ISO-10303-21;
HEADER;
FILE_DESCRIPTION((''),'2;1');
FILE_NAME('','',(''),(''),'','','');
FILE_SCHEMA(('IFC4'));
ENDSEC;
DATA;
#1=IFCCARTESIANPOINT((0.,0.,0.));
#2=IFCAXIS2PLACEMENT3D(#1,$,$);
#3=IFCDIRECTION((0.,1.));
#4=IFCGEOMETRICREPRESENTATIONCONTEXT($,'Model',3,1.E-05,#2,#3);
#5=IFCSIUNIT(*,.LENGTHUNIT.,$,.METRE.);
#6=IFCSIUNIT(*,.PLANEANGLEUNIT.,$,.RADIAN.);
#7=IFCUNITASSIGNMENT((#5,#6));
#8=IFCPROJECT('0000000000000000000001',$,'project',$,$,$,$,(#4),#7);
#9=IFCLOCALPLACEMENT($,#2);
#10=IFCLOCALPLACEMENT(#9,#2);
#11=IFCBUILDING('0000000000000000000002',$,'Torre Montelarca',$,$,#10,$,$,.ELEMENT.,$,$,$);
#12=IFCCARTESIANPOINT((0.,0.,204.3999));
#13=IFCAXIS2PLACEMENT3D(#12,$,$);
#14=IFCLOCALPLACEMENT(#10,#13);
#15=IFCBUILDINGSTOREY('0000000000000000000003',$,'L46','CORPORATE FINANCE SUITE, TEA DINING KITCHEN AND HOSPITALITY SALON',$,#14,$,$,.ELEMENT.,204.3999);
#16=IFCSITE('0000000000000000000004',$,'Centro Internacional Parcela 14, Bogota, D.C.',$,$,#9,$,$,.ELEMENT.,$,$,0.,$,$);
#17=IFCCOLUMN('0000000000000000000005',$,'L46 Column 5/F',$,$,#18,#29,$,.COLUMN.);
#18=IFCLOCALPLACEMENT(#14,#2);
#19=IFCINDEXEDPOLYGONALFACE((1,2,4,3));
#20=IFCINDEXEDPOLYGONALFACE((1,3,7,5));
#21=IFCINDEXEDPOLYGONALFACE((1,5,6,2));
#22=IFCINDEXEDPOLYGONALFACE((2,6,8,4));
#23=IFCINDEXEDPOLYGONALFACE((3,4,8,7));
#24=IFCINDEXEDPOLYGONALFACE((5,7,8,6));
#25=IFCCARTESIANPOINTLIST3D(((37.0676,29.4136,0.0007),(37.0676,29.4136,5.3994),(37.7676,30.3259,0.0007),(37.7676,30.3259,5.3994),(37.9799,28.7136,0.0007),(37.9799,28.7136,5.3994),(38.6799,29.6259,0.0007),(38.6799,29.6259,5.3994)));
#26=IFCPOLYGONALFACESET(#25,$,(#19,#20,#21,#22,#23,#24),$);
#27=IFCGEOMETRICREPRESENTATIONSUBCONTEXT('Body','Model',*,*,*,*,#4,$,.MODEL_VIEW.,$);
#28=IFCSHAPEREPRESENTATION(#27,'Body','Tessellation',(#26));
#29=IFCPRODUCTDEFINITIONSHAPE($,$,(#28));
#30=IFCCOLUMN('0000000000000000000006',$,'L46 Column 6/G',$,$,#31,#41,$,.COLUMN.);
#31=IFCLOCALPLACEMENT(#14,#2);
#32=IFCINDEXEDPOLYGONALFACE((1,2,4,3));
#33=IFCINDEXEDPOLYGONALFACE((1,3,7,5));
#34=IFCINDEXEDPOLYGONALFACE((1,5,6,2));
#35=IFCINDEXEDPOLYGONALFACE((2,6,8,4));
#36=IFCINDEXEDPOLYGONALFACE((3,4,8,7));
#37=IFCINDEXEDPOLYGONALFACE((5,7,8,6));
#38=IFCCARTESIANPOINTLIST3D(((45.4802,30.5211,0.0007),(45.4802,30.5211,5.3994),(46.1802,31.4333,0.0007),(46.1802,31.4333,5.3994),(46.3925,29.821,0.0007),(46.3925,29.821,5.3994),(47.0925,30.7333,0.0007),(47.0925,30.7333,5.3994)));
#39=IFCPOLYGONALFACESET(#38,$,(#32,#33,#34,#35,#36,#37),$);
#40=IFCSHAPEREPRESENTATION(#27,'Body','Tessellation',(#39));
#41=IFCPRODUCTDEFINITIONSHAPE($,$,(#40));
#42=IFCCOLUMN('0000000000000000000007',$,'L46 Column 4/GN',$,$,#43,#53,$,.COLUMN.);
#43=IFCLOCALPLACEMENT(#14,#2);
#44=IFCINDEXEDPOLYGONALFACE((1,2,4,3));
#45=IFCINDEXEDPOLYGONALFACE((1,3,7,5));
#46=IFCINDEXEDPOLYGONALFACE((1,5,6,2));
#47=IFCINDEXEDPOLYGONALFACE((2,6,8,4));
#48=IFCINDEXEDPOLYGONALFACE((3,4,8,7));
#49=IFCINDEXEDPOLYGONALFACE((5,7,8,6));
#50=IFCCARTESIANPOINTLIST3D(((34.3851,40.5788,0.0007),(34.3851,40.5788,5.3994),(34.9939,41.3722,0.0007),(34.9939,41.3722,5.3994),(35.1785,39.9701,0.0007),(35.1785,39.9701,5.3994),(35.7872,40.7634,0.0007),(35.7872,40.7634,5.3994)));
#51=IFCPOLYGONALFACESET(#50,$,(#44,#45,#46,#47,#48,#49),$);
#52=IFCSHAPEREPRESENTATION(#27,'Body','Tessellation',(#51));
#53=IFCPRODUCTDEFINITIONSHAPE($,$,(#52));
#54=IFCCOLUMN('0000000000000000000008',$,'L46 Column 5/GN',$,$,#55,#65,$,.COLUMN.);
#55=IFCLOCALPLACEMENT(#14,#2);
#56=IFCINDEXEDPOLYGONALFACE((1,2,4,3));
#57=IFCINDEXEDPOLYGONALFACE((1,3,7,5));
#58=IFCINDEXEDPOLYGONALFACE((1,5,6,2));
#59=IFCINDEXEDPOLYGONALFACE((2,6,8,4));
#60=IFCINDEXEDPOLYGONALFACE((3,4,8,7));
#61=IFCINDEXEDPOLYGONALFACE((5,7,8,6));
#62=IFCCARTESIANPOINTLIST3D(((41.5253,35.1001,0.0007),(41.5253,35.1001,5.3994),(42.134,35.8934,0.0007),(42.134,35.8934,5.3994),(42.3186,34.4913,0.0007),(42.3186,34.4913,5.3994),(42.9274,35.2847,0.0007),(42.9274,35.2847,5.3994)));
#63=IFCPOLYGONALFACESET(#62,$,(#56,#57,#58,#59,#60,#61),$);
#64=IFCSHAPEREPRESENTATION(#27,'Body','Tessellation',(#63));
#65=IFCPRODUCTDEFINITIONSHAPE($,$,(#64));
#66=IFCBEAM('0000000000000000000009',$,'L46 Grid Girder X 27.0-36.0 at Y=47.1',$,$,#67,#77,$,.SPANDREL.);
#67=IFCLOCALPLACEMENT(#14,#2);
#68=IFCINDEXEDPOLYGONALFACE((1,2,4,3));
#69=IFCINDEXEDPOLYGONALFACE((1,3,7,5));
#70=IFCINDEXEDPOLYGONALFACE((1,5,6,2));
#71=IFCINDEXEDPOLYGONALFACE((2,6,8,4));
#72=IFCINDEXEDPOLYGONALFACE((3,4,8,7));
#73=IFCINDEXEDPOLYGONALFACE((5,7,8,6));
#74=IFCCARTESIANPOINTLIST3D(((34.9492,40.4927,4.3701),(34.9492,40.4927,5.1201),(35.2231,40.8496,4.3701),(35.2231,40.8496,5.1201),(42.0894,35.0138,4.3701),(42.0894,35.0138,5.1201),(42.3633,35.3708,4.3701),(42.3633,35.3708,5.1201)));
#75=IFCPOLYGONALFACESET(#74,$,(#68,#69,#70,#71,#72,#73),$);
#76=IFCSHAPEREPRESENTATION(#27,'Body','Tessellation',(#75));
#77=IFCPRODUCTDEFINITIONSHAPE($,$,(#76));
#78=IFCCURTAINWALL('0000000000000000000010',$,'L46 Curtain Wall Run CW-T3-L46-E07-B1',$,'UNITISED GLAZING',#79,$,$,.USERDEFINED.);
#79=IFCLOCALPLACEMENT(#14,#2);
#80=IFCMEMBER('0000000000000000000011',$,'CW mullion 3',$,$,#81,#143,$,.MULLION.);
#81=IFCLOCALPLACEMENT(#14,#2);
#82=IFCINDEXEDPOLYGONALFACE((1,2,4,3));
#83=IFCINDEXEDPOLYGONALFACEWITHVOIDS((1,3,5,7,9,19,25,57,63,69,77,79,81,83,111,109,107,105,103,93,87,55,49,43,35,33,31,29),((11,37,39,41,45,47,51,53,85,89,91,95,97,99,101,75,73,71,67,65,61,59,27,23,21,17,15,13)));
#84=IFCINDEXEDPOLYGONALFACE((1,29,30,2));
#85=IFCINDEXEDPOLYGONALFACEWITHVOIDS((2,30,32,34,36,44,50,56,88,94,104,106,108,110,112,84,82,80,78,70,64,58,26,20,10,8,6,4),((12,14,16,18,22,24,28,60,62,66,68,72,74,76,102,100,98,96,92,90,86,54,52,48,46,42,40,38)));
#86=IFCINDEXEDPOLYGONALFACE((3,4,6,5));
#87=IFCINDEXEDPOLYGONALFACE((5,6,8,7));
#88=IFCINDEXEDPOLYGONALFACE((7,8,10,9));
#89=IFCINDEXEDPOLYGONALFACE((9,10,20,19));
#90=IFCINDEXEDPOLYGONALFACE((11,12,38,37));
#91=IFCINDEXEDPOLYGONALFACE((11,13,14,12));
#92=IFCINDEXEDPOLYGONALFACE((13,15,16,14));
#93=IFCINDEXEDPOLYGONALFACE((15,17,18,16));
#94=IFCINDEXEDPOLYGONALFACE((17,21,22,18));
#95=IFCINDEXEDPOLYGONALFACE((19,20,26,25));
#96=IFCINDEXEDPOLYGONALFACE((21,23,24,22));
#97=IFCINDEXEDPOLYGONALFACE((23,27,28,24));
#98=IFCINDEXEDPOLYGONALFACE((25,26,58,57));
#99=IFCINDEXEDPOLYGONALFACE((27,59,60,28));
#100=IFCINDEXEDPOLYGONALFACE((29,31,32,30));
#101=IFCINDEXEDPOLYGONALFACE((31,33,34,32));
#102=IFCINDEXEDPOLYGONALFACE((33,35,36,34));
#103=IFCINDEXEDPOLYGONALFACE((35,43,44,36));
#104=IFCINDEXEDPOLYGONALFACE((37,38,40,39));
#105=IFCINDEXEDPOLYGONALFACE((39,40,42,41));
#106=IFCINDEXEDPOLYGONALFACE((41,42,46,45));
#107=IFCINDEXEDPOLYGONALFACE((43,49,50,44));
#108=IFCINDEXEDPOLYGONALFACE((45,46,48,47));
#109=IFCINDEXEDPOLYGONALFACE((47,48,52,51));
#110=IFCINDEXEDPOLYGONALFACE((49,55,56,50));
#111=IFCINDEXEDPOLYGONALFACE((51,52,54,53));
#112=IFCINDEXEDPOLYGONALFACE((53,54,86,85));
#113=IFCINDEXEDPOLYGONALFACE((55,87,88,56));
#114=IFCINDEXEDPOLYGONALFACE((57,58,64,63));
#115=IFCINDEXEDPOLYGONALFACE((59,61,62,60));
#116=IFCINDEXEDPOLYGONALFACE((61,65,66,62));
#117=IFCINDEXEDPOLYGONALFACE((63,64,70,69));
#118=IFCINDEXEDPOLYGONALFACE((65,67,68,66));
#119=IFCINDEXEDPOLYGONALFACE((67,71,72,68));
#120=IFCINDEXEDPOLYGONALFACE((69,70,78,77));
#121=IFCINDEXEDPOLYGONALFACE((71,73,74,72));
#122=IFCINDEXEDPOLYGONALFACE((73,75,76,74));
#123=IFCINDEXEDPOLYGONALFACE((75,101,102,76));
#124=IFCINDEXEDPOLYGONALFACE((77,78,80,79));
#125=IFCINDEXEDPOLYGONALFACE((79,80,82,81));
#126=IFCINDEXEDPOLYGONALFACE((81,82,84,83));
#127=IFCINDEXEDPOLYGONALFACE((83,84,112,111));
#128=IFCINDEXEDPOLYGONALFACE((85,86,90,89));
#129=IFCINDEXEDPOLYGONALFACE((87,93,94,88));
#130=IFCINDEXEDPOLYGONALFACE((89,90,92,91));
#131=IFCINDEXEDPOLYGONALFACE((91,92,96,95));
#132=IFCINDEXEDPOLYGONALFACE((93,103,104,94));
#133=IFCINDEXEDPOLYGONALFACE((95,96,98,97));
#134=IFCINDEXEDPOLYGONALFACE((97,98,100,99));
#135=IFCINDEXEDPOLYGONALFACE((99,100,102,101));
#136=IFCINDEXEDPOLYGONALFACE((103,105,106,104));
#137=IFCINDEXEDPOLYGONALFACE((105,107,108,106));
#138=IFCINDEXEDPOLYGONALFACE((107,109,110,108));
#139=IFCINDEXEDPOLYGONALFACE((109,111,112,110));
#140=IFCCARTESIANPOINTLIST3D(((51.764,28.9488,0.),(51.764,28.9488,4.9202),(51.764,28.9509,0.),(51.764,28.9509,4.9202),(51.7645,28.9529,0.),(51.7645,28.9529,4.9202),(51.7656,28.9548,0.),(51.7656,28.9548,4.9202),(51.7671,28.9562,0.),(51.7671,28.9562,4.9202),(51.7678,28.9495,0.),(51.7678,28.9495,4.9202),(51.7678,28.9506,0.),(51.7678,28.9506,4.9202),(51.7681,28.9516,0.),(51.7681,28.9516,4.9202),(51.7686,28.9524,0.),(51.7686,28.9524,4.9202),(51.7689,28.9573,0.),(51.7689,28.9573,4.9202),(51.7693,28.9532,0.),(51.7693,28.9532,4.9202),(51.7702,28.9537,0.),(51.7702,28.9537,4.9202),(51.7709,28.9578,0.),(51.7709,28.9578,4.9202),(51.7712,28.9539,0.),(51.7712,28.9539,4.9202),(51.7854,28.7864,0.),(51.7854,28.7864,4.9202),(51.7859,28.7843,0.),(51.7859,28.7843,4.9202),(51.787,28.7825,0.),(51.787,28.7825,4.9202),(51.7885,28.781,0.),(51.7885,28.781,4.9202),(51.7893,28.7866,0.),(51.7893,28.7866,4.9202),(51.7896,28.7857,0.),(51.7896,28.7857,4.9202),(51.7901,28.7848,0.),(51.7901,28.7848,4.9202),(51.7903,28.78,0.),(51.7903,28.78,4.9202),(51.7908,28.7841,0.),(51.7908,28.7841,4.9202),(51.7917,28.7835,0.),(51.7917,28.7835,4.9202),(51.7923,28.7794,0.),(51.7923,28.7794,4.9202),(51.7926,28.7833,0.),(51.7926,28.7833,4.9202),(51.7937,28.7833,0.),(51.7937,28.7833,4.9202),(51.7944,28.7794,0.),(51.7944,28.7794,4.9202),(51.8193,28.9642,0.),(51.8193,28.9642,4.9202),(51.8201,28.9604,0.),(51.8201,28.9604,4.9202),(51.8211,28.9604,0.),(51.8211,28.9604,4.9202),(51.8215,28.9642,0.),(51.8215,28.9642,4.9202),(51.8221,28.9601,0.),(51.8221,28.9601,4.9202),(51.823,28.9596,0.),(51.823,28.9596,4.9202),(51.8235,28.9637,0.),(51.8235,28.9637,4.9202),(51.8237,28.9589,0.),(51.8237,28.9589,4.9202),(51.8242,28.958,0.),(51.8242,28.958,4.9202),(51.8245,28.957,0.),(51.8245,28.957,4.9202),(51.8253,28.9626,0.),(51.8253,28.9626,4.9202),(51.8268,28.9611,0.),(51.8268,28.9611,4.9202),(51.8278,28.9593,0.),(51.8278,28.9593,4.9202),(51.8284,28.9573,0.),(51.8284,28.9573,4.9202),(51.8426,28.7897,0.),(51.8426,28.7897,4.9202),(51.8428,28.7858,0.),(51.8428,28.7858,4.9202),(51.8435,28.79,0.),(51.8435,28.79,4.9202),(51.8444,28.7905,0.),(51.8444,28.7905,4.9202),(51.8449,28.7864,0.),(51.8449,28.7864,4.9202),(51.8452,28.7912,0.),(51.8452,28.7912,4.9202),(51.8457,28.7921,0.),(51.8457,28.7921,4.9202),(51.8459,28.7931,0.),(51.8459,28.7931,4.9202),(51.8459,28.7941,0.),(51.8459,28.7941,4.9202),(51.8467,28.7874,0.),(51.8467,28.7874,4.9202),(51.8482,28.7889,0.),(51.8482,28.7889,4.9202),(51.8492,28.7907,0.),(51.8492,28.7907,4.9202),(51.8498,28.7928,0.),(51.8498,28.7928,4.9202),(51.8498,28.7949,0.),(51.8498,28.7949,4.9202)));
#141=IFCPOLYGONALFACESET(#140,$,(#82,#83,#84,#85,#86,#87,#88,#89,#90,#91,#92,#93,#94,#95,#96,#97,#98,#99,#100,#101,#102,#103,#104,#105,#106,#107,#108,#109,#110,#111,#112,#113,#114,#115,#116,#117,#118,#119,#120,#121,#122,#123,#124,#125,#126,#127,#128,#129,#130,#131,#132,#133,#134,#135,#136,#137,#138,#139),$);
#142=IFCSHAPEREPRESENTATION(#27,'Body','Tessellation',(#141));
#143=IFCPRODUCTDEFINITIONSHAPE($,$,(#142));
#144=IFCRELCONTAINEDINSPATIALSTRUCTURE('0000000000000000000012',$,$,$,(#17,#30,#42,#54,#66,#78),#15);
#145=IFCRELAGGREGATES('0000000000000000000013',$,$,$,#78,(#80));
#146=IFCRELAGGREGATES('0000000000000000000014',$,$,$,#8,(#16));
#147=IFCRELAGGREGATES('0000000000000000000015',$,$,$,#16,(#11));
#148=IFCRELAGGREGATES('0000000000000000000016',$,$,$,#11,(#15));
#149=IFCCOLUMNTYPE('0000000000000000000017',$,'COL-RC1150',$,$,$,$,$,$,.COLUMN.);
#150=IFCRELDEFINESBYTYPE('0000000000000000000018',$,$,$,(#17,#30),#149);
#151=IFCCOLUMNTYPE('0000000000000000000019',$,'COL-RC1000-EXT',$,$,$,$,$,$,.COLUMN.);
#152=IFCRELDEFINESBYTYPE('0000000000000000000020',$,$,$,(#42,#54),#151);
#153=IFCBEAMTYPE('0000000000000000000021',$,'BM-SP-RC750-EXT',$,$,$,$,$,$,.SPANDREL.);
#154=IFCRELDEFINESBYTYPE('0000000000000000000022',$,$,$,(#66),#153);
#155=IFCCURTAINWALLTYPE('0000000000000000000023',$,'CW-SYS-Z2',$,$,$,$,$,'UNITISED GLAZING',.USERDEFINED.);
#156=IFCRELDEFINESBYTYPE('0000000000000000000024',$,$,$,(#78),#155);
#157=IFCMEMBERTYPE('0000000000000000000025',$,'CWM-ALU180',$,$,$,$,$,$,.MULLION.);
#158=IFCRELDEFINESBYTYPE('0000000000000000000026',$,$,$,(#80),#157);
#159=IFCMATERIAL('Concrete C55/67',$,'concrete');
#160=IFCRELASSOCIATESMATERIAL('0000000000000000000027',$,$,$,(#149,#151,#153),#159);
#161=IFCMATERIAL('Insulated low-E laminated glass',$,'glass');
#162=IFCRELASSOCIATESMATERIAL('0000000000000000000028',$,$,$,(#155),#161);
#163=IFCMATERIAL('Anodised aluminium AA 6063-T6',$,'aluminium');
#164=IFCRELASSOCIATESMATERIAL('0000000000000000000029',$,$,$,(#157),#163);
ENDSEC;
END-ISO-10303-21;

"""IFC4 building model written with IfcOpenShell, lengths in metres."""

from ifc_helpers import new_model, si_unit, direction, frame, origin, origin_2d, place, context, subcontext, project, spatial, rectangle, hollow_rectangle, extrude, source, transform, mapped, material, material_profile, profile_set, type_object, element, aggregate, save


model = new_model("IFC4")

# Units and contexts
model_context = context("Model", 3, precision=1e-05, world=origin(), true_north=direction((0.0, 1.0)))
body_context = subcontext(model_context, "Body", "Model", "MODEL_VIEW")
ifc_project = project(units=[si_unit("LENGTHUNIT", "METRE"), si_unit("PLANEANGLEUNIT", "RADIAN")], contexts=[model_context])

# Site, building, storey
site_placement = place(None, origin())
site = spatial("IfcSite", under=ifc_project, at=site_placement, Name="Centro Internacional Parcela 14, Bogota, D.C.", CompositionType="ELEMENT", RefElevation=0.0)
building_placement = place(site_placement, origin())
building = spatial("IfcBuilding", under=site, at=building_placement, Name="Torre Montelarca", CompositionType="ELEMENT")
storey_placement = place(building_placement, frame((0.0, 0.0, 204.3999)))
storey = spatial("IfcBuildingStorey", under=building, at=storey_placement, Name="L46", Description="CORPORATE FINANCE SUITE, TEA DINING KITCHEN AND HOSPITALITY SALON", CompositionType="ELEMENT", Elevation=204.3999)

# Columns
ifc_material_1 = material(Name="Concrete C55/67", Category="concrete")
ifc_material_profile_1 = material_profile(ifc_material_1, rectangle(XDim=1.1499, YDim=1.1499, at=origin_2d()), Name="RC1150X1150", Category="concrete")
ifc_profile_set_1 = profile_set([ifc_material_profile_1], Name="Concrete C55/67")
column_type_1 = type_object("IfcColumnType", Name="COL-RC1150", PredefinedType="COLUMN", material=ifc_profile_set_1)
shared_shape_1 = source(origin(), body_context, "Body", "SweptSolid", [
    extrude(rectangle(XDim=1.1499, YDim=1.1499, at=origin_2d()), origin(), (0.0, 0.0, 1.0), 5.3987),
])
for number, where, z_axis, x_axis, name in (
    (1, (37.8738, 29.5198, 0.0007), (0.0, 0.0, 1.0), (-0.793353, 0.608761, 0.0), "L46 Column 5/F"),
    (2, (46.2864, 30.6272, 0.0007), (0.0, 0.0, 1.0), (-0.793353, 0.608761, 0.0), "L46 Column 6/G"),
):
    element("IfcColumn", number, at=place(storey_placement, frame(where, z_axis=z_axis, x_axis=x_axis)), inside=storey, type_object=column_type_1, Name=name, PredefinedType="COLUMN", context=body_context, shape_type="MappedRepresentation", body=[
        mapped(shared_shape_1, transform((0.0, 0.0, 0.0), scale=1.0)),
    ])
ifc_material_profile_2 = material_profile(ifc_material_1, rectangle(XDim=1.0, YDim=1.0, at=origin_2d()), Name="RC1000X1000", Category="concrete")
ifc_profile_set_2 = profile_set([ifc_material_profile_2], Name="Concrete C55/67")
column_type_2 = type_object("IfcColumnType", Name="COL-RC1000-EXT", PredefinedType="COLUMN", material=ifc_profile_set_2)
shared_shape_2 = source(origin(), body_context, "Body", "SweptSolid", [
    extrude(rectangle(XDim=1.0, YDim=1.0, at=origin_2d()), origin(), (0.0, 0.0, 1.0), 5.3987),
])
for number, where, z_axis, x_axis, name in (
    (3, (35.0862, 40.6711, 0.0007), (0.0, 0.0, 1.0), (-0.793353, 0.608761, 0.0), "L46 Column 4/GN"),
    (4, (42.2263, 35.1924, 0.0007), (0.0, 0.0, 1.0), (-0.793353, 0.608761, 0.0), "L46 Column 5/GN"),
):
    element("IfcColumn", number, at=place(storey_placement, frame(where, z_axis=z_axis, x_axis=x_axis)), inside=storey, type_object=column_type_2, Name=name, PredefinedType="COLUMN", context=body_context, shape_type="MappedRepresentation", body=[
        mapped(shared_shape_2, transform((0.0, 0.0, 0.0), scale=1.0)),
    ])

# Beam
ifc_material_profile_3 = material_profile(ifc_material_1, rectangle(XDim=0.45, YDim=0.75, at=origin_2d()), Name="RCB450X750", Category="concrete")
ifc_profile_set_3 = profile_set([ifc_material_profile_3], Name="Concrete C55/67")
beam_type = type_object("IfcBeamType", Name="BM-SP-RC750-EXT", PredefinedType="SPANDREL", material=ifc_profile_set_3)
shared_shape_3 = source(origin(), body_context, "Body", "SweptSolid", [
    extrude(rectangle(XDim=0.45, YDim=0.75, at=origin_2d()), origin(), (0.0, 0.0, 1.0), 9.0),
])
beam_placement = place(storey_placement, frame((35.0862, 40.6711, 4.7451), z_axis=(0.793357, -0.608757, 0.0), x_axis=(0.608757, 0.793357, 0.0)))
element("IfcBeam", 5, at=beam_placement, inside=storey, type_object=beam_type, Name="L46 Grid Girder X 27.0-36.0 at Y=47.1", PredefinedType="SPANDREL", context=body_context, shape_type="MappedRepresentation", body=[
    mapped(shared_shape_3, transform((0.0, 0.0, 0.0), scale=1.0)),
])

# Curtain wall, member
ifc_material_2 = material(Name="Insulated low-E laminated glass", Category="glass")
curtain_wall_type = type_object("IfcCurtainWallType", Name="CW-SYS-Z2", ElementType="UNITISED GLAZING", PredefinedType="USERDEFINED", material=ifc_material_2)
curtain_wall_1_placement = place(storey_placement, origin())
curtain_wall_1 = element("IfcCurtainWall", 6, at=curtain_wall_1_placement, inside=storey, type_object=curtain_wall_type, Name="L46 Curtain Wall Run CW-T3-L46-E07-B1", ObjectType="UNITISED GLAZING", PredefinedType="USERDEFINED")
ifc_material_3 = material(Name="Anodised aluminium AA 6063-T6", Category="aluminium")
ifc_material_profile_4 = material_profile(ifc_material_3, hollow_rectangle(XDim=0.0649, YDim=0.1799, WallThickness=0.0039, InnerFilletRadius=0.0039, OuterFilletRadius=0.0081, at=origin_2d()), Name="ALU65X180X4", Category="aluminium")
ifc_profile_set_4 = profile_set([ifc_material_profile_4], Name="Anodised aluminium AA 6063-T6")
member_type_1 = type_object("IfcMemberType", Name="CWM-ALU180", PredefinedType="MULLION", material=ifc_profile_set_4)
shared_shape_4 = source(origin(), body_context, "Body", "SweptSolid", [
    extrude(hollow_rectangle(XDim=0.0649, YDim=0.1799, WallThickness=0.0039, InnerFilletRadius=0.0039, OuterFilletRadius=0.0081, at=origin_2d()), origin(), (0.0, 0.0, 1.0), 4.9202),
])
member_1_placement = place(storey_placement, frame((51.8069, 28.8718, 0.0), z_axis=(0.0, 0.0, 1.0), x_axis=(-0.991446, -0.130514, 0.0)))
member_1 = element("IfcMember", 7, at=member_1_placement, type_object=member_type_1, Name="CW mullion 3", PredefinedType="MULLION", context=body_context, shape_type="MappedRepresentation", body=[
    mapped(shared_shape_4, transform((0.0, 0.0, 0.0), scale=1.0)),
])

aggregate(curtain_wall_1, [member_1])

save(model, "model.ifc")
